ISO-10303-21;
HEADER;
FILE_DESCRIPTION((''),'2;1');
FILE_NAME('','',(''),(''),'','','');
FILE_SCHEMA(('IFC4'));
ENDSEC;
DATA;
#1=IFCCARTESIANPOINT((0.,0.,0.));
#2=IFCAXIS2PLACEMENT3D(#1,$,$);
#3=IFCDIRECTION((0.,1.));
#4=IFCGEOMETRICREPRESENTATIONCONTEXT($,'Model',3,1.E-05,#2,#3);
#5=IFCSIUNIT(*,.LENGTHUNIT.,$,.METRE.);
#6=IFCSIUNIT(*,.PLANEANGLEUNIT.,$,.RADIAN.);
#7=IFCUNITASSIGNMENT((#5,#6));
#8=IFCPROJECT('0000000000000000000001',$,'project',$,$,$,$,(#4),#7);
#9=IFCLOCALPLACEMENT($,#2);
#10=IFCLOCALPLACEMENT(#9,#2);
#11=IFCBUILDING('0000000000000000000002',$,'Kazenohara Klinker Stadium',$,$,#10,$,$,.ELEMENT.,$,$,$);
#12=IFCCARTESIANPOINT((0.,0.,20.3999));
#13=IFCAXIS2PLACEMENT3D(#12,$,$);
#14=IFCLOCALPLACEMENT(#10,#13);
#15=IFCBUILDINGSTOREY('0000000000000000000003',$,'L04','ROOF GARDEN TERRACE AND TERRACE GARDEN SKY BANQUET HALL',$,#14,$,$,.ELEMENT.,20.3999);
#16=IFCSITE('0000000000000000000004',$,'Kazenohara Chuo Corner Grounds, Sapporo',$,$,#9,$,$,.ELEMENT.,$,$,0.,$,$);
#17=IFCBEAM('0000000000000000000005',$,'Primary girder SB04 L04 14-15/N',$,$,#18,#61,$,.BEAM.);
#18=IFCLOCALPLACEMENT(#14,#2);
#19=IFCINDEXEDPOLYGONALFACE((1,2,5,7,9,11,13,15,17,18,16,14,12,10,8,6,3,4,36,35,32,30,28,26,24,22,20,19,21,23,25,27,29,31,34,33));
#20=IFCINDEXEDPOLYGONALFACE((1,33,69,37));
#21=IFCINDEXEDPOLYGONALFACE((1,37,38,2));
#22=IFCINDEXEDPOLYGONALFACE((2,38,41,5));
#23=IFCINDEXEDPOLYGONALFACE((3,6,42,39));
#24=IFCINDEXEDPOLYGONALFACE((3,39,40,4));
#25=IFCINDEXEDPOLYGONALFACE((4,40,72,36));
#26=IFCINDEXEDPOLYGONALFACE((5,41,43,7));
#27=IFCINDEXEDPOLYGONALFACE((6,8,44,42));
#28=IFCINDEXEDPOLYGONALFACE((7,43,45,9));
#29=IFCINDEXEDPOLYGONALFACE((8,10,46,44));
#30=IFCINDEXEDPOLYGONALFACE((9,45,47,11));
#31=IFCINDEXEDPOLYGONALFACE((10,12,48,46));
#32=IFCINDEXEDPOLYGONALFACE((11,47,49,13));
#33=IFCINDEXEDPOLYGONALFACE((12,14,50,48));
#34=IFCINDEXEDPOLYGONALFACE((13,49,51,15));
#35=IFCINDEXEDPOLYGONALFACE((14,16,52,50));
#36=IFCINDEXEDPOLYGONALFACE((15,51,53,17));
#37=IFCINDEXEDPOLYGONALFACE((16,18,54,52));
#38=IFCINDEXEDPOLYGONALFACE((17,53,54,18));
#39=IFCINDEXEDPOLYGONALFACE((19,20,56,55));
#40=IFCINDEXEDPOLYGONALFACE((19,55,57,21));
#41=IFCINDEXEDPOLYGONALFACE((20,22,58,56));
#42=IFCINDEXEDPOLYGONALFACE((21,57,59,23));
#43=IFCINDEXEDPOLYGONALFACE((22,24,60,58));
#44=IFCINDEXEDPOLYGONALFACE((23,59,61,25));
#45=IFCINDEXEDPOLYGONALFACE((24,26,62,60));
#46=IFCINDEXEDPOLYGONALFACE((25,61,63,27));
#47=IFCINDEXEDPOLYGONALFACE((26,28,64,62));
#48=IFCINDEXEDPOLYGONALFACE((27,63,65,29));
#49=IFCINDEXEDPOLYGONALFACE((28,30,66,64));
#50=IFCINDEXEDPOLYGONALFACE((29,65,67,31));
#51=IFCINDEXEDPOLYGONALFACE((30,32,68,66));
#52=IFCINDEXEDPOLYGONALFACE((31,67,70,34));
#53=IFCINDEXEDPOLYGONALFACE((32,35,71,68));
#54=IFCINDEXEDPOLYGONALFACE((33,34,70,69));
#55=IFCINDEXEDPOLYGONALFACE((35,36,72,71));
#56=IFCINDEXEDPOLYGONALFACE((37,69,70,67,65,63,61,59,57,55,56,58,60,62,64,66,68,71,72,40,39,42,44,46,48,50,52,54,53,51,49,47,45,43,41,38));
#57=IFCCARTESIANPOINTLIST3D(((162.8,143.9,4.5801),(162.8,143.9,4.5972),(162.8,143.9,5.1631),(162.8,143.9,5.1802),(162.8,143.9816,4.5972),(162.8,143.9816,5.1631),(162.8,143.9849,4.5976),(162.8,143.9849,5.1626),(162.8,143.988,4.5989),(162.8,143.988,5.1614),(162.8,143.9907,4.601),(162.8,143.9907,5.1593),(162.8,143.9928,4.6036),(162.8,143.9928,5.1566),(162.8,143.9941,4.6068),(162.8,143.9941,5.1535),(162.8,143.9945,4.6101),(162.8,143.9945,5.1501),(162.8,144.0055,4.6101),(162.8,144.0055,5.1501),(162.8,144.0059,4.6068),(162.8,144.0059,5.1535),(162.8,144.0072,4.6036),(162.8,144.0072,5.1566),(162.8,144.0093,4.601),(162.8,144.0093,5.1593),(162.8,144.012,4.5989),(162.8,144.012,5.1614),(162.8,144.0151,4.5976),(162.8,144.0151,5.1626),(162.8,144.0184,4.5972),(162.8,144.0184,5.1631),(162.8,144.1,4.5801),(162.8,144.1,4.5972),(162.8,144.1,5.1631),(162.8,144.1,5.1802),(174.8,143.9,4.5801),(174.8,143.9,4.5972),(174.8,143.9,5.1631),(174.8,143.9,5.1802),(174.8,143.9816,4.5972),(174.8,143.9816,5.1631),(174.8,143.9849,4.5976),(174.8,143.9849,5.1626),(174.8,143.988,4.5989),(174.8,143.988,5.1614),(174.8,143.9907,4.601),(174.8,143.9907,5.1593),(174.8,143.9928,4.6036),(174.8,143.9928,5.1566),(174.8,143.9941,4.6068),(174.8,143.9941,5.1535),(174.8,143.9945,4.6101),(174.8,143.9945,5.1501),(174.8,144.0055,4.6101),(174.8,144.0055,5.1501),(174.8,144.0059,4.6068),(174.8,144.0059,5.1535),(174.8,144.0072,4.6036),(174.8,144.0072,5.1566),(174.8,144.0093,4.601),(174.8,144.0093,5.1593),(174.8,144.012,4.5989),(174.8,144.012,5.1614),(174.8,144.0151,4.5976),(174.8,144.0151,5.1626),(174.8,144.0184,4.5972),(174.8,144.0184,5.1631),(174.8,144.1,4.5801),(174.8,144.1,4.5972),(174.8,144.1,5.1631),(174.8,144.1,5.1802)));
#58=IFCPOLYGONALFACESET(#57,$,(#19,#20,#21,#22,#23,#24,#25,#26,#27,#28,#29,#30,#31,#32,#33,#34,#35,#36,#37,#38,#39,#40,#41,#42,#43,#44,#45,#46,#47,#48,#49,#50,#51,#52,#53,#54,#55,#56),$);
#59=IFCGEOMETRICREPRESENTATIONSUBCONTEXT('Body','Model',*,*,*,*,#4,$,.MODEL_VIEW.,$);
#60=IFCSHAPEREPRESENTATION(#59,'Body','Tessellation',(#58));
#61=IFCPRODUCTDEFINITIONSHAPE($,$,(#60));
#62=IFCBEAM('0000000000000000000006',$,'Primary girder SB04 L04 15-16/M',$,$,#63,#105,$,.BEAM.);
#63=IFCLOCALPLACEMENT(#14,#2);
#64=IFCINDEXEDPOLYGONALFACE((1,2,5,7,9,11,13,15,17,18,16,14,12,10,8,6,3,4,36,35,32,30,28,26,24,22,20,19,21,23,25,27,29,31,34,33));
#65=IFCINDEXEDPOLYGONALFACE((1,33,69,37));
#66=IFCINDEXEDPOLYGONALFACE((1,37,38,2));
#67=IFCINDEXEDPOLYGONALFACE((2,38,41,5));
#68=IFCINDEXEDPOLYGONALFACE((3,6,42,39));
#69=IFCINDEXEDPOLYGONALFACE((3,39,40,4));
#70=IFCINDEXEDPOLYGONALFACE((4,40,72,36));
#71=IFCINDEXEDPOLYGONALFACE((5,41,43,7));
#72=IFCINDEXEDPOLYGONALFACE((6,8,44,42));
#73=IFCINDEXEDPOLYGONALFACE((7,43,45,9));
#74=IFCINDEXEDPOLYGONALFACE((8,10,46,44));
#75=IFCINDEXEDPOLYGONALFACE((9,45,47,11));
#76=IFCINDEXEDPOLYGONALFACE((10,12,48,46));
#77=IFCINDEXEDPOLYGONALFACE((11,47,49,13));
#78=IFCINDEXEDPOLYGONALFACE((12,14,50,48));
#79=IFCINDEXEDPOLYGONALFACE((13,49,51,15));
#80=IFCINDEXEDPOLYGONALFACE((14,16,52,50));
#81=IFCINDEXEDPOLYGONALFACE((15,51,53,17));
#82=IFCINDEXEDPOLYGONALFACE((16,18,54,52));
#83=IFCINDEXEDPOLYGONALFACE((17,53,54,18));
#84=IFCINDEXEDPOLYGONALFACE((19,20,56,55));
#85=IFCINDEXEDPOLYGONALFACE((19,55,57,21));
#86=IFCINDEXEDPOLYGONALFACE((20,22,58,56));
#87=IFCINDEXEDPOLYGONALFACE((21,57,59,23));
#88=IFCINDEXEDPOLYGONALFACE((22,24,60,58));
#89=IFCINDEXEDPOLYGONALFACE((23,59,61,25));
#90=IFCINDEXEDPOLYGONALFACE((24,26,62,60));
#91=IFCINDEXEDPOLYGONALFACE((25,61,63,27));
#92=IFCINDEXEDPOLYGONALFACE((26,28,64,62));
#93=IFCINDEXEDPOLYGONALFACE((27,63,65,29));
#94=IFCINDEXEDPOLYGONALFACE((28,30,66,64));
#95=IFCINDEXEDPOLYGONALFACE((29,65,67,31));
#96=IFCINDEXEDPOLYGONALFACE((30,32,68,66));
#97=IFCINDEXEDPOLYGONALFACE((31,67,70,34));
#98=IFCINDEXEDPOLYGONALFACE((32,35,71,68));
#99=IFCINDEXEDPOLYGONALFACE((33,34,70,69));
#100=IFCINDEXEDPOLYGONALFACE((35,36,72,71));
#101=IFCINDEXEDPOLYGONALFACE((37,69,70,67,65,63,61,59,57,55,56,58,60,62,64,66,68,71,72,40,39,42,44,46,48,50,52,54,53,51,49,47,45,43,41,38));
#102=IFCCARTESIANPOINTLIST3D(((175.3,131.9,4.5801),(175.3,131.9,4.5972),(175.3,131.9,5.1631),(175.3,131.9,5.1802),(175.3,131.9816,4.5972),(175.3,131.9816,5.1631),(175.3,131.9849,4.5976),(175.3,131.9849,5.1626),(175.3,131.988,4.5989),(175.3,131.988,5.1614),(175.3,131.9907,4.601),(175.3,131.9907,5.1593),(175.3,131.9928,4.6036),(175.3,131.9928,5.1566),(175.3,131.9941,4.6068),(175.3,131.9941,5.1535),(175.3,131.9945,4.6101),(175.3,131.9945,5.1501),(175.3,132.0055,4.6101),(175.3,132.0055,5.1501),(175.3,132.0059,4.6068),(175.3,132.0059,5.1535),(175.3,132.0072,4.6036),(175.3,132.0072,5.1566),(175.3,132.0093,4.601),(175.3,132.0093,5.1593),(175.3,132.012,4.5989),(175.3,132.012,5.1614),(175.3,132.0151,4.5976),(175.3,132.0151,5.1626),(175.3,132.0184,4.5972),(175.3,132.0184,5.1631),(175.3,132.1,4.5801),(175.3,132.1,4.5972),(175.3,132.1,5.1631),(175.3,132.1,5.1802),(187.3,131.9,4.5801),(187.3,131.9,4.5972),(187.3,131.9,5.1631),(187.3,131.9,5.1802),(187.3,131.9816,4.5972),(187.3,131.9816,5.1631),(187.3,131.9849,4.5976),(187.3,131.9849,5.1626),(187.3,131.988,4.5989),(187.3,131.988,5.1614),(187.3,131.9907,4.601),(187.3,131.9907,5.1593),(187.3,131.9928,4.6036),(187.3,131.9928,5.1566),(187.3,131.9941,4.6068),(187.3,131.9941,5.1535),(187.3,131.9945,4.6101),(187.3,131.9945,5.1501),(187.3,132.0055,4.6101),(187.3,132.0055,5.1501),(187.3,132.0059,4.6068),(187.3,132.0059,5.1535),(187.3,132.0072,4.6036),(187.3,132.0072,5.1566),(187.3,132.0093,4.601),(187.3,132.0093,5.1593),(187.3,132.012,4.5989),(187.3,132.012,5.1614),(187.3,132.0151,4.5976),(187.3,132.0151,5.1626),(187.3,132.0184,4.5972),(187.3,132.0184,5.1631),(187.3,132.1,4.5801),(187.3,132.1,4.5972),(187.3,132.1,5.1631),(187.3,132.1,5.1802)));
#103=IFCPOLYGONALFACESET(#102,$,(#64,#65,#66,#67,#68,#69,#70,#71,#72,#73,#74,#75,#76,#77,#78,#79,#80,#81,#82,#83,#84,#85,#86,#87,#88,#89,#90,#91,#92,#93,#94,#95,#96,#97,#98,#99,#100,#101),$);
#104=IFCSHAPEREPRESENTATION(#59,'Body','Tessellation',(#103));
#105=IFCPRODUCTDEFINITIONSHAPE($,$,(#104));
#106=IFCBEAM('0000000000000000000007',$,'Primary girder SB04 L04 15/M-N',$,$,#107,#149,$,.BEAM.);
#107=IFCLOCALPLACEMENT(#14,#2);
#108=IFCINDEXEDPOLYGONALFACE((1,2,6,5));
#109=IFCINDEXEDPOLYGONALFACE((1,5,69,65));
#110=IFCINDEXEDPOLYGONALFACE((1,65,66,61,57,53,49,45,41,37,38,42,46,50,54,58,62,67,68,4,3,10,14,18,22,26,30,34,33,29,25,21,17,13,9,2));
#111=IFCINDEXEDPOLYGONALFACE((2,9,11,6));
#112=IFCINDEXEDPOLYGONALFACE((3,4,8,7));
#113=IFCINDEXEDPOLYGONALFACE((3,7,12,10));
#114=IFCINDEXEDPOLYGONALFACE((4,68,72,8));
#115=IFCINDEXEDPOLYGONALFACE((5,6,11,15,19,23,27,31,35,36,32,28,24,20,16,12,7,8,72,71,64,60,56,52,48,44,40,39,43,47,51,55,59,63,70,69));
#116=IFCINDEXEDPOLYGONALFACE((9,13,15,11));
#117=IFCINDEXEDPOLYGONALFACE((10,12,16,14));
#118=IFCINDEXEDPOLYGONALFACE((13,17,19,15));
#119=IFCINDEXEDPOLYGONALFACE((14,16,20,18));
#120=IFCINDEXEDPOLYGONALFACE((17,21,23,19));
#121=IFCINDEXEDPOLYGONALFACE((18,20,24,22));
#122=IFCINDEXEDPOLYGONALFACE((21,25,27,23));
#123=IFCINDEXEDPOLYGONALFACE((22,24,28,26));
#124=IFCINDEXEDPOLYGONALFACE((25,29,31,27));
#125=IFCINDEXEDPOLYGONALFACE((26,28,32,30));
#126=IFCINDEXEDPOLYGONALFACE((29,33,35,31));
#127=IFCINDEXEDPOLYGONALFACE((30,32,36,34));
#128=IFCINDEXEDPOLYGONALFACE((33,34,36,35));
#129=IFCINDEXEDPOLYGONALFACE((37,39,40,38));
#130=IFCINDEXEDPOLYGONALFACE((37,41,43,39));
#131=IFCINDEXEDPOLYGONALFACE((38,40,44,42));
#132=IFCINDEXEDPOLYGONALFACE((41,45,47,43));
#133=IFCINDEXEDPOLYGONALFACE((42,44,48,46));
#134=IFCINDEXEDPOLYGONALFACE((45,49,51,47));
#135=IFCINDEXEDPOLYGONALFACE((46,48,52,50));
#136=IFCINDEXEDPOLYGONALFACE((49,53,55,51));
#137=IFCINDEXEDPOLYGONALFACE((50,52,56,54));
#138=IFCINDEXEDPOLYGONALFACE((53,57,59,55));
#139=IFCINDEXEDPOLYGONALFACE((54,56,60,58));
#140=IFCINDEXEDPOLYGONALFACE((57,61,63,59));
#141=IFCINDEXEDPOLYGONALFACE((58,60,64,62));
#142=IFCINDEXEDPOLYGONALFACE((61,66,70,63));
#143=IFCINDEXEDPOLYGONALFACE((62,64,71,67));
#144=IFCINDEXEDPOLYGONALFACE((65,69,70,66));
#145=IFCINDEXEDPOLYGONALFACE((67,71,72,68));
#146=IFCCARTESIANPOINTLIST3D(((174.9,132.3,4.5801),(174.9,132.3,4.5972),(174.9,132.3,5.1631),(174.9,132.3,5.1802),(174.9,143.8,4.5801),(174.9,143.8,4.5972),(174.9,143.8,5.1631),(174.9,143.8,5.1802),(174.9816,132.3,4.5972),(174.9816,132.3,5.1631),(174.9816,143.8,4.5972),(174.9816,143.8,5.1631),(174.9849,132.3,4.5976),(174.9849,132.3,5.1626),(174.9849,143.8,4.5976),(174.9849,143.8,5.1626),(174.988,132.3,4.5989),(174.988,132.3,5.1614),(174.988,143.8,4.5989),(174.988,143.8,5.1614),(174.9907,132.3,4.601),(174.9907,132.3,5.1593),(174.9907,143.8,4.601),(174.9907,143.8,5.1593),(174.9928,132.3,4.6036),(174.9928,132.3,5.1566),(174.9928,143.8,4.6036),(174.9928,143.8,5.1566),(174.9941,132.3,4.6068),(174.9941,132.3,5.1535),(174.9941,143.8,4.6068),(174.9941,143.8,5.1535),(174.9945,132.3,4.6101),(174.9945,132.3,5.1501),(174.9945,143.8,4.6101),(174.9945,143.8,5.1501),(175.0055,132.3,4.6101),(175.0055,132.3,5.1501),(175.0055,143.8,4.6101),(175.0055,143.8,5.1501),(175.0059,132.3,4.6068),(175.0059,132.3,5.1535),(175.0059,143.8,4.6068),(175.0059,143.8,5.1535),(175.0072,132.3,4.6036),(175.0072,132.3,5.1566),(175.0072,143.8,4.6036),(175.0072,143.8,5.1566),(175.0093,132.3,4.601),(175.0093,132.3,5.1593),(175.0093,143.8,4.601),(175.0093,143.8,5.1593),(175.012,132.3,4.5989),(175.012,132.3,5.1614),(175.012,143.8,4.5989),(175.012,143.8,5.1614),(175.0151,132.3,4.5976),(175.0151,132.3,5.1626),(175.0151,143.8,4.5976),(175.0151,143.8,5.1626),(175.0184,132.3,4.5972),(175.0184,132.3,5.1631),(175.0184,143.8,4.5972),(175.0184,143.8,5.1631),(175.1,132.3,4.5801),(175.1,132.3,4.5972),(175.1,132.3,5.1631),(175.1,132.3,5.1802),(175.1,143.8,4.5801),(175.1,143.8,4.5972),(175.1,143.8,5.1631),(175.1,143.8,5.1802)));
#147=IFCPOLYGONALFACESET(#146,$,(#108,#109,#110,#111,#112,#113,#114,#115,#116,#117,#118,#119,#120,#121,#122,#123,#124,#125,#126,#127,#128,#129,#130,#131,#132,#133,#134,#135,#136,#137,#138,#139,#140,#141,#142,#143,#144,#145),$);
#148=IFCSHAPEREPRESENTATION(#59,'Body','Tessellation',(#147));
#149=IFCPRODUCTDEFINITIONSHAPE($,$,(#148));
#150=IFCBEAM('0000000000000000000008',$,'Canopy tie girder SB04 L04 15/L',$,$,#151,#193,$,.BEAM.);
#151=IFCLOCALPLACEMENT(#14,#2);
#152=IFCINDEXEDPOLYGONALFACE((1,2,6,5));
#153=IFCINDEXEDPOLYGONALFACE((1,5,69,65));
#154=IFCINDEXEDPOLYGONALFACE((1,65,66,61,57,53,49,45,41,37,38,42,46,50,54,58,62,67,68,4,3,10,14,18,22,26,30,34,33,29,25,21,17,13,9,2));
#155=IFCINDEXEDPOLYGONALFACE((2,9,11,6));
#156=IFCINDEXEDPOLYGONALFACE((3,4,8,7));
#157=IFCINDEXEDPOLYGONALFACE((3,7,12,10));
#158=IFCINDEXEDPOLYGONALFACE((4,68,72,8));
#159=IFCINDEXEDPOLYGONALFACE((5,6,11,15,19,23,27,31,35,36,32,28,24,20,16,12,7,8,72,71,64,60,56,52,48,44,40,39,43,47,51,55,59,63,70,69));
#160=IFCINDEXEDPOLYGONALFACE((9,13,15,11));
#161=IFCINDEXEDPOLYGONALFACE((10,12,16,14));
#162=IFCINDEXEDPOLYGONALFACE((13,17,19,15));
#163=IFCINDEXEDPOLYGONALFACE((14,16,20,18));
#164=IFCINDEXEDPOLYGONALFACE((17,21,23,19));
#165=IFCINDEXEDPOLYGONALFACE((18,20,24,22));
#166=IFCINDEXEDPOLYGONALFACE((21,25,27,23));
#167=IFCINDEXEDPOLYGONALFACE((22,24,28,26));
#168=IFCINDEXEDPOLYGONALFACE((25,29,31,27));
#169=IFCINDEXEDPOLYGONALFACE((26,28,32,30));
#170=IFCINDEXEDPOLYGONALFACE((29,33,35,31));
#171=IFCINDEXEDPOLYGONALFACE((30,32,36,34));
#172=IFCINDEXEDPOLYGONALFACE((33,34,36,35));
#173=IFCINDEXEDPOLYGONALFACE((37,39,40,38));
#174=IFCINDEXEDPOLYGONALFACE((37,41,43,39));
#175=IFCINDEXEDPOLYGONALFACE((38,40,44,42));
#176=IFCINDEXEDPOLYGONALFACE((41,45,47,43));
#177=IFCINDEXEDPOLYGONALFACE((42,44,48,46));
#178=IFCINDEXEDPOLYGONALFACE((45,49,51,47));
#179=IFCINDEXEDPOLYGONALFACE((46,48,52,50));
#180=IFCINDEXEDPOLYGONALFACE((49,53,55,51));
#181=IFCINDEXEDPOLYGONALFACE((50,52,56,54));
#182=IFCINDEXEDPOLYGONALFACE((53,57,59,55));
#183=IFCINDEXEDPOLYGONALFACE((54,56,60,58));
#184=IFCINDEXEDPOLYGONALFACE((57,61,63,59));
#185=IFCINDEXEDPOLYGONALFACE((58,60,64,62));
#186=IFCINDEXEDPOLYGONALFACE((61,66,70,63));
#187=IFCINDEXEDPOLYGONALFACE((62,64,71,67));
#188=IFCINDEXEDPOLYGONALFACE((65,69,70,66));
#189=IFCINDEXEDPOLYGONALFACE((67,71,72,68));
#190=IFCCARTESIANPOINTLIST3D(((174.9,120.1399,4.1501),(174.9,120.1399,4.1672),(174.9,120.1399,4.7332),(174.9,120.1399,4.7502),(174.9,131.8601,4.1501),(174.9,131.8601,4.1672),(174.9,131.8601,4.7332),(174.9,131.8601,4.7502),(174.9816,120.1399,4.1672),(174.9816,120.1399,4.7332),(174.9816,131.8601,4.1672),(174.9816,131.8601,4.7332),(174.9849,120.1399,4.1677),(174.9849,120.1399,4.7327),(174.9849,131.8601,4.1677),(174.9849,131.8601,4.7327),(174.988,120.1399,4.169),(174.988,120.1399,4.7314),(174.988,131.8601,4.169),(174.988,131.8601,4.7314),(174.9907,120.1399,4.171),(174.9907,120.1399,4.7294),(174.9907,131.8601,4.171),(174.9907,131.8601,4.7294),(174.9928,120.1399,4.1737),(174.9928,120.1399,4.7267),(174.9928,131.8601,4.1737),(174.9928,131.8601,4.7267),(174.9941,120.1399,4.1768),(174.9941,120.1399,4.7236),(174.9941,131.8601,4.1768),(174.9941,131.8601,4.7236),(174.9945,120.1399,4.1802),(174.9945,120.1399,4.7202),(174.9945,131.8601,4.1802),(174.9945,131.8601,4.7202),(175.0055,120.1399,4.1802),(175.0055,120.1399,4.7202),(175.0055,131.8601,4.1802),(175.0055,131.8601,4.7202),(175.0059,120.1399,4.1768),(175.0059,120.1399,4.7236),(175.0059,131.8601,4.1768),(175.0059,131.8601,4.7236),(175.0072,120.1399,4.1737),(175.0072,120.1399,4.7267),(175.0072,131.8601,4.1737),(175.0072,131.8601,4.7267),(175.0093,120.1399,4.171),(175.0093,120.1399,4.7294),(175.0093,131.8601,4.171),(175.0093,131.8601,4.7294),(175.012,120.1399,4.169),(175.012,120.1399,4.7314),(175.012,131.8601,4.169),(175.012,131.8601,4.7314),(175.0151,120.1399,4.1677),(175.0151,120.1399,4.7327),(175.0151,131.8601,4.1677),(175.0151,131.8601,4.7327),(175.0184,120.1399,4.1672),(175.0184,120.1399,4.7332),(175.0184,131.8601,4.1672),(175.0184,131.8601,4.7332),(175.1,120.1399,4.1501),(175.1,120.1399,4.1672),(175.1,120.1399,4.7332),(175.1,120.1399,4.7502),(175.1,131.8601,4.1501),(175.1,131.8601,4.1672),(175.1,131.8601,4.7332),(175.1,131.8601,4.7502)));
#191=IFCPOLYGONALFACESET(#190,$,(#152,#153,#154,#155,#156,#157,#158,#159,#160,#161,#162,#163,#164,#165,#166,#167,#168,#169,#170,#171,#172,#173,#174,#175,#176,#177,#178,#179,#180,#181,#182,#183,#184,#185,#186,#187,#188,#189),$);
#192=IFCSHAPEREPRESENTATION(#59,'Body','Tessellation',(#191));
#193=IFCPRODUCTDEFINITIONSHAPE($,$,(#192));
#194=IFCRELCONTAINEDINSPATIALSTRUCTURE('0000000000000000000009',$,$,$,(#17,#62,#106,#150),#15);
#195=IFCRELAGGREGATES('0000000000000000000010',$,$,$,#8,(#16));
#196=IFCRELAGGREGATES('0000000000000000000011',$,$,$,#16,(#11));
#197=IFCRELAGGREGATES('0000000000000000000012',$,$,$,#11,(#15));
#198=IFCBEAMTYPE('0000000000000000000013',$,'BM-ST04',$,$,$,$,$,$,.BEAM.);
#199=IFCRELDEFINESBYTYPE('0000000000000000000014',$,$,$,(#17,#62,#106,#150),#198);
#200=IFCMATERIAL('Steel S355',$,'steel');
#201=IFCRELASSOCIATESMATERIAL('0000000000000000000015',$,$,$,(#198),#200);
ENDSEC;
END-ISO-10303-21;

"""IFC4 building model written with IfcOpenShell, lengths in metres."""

from ifc_helpers import new_model, si_unit, direction, frame, origin, origin_2d, place, context, subcontext, project, spatial, i_section, extrude, material, material_profile, profile_set, type_object, element, save


model = new_model("IFC4")

# Units and contexts
model_context = context("Model", 3, precision=1e-05, world=origin(), true_north=direction((0.0, 1.0)))
body_context = subcontext(model_context, "Body", "Model", "MODEL_VIEW")
ifc_project = project(units=[si_unit("LENGTHUNIT", "METRE"), si_unit("PLANEANGLEUNIT", "RADIAN")], contexts=[model_context])

# Site, building, storey
site_placement = place(None, origin())
site = spatial("IfcSite", under=ifc_project, at=site_placement, Name="Kazenohara Chuo Corner Grounds, Sapporo", CompositionType="ELEMENT", RefElevation=0.0)
building_placement = place(site_placement, origin())
building = spatial("IfcBuilding", under=site, at=building_placement, Name="Kazenohara Klinker Stadium", CompositionType="ELEMENT")
storey_placement = place(building_placement, frame((0.0, 0.0, 20.3999)))
storey = spatial("IfcBuildingStorey", under=building, at=storey_placement, Name="L04", Description="ROOF GARDEN TERRACE AND TERRACE GARDEN SKY BANQUET HALL", CompositionType="ELEMENT", Elevation=20.3999)

# Shared definitions
ifc_material_1 = material(Name="Steel S355", Category="steel")

# Beams
ifc_material_profile_1 = material_profile(ifc_material_1, i_section(OverallWidth=0.2, OverallDepth=0.6001, WebThickness=0.011, FlangeThickness=0.0171, FilletRadius=0.0129, at=origin_2d()), Name="H-600x200x11x17")
ifc_profile_set_1 = profile_set([ifc_material_profile_1], Name="Steel S355")
beam_type_1 = type_object("IfcBeamType", Name="BM-ST04", PredefinedType="BEAM", material=ifc_profile_set_1)
for number, where, z_axis, x_axis, name in (
    (1, (162.8, 144.0, 4.8801), (1.0, 0.0, 0.0), (0.0, 1.0, 0.0), "Primary girder SB04 L04 14-15/N"),
    (2, (175.3, 132.0, 4.8801), (1.0, 0.0, 0.0), (0.0, 1.0, 0.0), "Primary girder SB04 L04 15-16/M"),
):
    element("IfcBeam", number, at=place(storey_placement, frame(where, z_axis=z_axis, x_axis=x_axis)), inside=storey, type_object=beam_type_1, Name=name, PredefinedType="BEAM", context=body_context, shape_type="SweptSolid", body=[
        extrude(i_section(OverallWidth=0.2, OverallDepth=0.6001, WebThickness=0.011, FlangeThickness=0.0171, FilletRadius=0.0129, at=origin_2d()), origin(), (0.0, 0.0, 1.0), 12.0),
    ])
beam_1_placement = place(storey_placement, frame((175.0, 132.3, 4.8801), z_axis=(0.0, 1.0, 0.0), x_axis=(-1.0, 0.0, 0.0)))
element("IfcBeam", 3, at=beam_1_placement, inside=storey, type_object=beam_type_1, Name="Primary girder SB04 L04 15/M-N", PredefinedType="BEAM", context=body_context, shape_type="SweptSolid", body=[
    extrude(i_section(OverallWidth=0.2, OverallDepth=0.6001, WebThickness=0.011, FlangeThickness=0.0171, FilletRadius=0.0129, at=origin_2d()), origin(), (0.0, 0.0, 1.0), 11.5),
])
beam_2_placement = place(storey_placement, frame((175.0, 120.1399, 4.4502), z_axis=(0.0, 1.0, 0.0), x_axis=(-1.0, 0.0, 0.0)))
element("IfcBeam", 4, at=beam_2_placement, inside=storey, type_object=beam_type_1, Name="Canopy tie girder SB04 L04 15/L", PredefinedType="BEAM", context=body_context, shape_type="SweptSolid", body=[
    extrude(i_section(OverallWidth=0.2, OverallDepth=0.6001, WebThickness=0.011, FlangeThickness=0.0171, FilletRadius=0.0129, at=origin_2d()), origin(), (0.0, 0.0, 1.0), 11.7202),
])

save(model, "model.ifc")
